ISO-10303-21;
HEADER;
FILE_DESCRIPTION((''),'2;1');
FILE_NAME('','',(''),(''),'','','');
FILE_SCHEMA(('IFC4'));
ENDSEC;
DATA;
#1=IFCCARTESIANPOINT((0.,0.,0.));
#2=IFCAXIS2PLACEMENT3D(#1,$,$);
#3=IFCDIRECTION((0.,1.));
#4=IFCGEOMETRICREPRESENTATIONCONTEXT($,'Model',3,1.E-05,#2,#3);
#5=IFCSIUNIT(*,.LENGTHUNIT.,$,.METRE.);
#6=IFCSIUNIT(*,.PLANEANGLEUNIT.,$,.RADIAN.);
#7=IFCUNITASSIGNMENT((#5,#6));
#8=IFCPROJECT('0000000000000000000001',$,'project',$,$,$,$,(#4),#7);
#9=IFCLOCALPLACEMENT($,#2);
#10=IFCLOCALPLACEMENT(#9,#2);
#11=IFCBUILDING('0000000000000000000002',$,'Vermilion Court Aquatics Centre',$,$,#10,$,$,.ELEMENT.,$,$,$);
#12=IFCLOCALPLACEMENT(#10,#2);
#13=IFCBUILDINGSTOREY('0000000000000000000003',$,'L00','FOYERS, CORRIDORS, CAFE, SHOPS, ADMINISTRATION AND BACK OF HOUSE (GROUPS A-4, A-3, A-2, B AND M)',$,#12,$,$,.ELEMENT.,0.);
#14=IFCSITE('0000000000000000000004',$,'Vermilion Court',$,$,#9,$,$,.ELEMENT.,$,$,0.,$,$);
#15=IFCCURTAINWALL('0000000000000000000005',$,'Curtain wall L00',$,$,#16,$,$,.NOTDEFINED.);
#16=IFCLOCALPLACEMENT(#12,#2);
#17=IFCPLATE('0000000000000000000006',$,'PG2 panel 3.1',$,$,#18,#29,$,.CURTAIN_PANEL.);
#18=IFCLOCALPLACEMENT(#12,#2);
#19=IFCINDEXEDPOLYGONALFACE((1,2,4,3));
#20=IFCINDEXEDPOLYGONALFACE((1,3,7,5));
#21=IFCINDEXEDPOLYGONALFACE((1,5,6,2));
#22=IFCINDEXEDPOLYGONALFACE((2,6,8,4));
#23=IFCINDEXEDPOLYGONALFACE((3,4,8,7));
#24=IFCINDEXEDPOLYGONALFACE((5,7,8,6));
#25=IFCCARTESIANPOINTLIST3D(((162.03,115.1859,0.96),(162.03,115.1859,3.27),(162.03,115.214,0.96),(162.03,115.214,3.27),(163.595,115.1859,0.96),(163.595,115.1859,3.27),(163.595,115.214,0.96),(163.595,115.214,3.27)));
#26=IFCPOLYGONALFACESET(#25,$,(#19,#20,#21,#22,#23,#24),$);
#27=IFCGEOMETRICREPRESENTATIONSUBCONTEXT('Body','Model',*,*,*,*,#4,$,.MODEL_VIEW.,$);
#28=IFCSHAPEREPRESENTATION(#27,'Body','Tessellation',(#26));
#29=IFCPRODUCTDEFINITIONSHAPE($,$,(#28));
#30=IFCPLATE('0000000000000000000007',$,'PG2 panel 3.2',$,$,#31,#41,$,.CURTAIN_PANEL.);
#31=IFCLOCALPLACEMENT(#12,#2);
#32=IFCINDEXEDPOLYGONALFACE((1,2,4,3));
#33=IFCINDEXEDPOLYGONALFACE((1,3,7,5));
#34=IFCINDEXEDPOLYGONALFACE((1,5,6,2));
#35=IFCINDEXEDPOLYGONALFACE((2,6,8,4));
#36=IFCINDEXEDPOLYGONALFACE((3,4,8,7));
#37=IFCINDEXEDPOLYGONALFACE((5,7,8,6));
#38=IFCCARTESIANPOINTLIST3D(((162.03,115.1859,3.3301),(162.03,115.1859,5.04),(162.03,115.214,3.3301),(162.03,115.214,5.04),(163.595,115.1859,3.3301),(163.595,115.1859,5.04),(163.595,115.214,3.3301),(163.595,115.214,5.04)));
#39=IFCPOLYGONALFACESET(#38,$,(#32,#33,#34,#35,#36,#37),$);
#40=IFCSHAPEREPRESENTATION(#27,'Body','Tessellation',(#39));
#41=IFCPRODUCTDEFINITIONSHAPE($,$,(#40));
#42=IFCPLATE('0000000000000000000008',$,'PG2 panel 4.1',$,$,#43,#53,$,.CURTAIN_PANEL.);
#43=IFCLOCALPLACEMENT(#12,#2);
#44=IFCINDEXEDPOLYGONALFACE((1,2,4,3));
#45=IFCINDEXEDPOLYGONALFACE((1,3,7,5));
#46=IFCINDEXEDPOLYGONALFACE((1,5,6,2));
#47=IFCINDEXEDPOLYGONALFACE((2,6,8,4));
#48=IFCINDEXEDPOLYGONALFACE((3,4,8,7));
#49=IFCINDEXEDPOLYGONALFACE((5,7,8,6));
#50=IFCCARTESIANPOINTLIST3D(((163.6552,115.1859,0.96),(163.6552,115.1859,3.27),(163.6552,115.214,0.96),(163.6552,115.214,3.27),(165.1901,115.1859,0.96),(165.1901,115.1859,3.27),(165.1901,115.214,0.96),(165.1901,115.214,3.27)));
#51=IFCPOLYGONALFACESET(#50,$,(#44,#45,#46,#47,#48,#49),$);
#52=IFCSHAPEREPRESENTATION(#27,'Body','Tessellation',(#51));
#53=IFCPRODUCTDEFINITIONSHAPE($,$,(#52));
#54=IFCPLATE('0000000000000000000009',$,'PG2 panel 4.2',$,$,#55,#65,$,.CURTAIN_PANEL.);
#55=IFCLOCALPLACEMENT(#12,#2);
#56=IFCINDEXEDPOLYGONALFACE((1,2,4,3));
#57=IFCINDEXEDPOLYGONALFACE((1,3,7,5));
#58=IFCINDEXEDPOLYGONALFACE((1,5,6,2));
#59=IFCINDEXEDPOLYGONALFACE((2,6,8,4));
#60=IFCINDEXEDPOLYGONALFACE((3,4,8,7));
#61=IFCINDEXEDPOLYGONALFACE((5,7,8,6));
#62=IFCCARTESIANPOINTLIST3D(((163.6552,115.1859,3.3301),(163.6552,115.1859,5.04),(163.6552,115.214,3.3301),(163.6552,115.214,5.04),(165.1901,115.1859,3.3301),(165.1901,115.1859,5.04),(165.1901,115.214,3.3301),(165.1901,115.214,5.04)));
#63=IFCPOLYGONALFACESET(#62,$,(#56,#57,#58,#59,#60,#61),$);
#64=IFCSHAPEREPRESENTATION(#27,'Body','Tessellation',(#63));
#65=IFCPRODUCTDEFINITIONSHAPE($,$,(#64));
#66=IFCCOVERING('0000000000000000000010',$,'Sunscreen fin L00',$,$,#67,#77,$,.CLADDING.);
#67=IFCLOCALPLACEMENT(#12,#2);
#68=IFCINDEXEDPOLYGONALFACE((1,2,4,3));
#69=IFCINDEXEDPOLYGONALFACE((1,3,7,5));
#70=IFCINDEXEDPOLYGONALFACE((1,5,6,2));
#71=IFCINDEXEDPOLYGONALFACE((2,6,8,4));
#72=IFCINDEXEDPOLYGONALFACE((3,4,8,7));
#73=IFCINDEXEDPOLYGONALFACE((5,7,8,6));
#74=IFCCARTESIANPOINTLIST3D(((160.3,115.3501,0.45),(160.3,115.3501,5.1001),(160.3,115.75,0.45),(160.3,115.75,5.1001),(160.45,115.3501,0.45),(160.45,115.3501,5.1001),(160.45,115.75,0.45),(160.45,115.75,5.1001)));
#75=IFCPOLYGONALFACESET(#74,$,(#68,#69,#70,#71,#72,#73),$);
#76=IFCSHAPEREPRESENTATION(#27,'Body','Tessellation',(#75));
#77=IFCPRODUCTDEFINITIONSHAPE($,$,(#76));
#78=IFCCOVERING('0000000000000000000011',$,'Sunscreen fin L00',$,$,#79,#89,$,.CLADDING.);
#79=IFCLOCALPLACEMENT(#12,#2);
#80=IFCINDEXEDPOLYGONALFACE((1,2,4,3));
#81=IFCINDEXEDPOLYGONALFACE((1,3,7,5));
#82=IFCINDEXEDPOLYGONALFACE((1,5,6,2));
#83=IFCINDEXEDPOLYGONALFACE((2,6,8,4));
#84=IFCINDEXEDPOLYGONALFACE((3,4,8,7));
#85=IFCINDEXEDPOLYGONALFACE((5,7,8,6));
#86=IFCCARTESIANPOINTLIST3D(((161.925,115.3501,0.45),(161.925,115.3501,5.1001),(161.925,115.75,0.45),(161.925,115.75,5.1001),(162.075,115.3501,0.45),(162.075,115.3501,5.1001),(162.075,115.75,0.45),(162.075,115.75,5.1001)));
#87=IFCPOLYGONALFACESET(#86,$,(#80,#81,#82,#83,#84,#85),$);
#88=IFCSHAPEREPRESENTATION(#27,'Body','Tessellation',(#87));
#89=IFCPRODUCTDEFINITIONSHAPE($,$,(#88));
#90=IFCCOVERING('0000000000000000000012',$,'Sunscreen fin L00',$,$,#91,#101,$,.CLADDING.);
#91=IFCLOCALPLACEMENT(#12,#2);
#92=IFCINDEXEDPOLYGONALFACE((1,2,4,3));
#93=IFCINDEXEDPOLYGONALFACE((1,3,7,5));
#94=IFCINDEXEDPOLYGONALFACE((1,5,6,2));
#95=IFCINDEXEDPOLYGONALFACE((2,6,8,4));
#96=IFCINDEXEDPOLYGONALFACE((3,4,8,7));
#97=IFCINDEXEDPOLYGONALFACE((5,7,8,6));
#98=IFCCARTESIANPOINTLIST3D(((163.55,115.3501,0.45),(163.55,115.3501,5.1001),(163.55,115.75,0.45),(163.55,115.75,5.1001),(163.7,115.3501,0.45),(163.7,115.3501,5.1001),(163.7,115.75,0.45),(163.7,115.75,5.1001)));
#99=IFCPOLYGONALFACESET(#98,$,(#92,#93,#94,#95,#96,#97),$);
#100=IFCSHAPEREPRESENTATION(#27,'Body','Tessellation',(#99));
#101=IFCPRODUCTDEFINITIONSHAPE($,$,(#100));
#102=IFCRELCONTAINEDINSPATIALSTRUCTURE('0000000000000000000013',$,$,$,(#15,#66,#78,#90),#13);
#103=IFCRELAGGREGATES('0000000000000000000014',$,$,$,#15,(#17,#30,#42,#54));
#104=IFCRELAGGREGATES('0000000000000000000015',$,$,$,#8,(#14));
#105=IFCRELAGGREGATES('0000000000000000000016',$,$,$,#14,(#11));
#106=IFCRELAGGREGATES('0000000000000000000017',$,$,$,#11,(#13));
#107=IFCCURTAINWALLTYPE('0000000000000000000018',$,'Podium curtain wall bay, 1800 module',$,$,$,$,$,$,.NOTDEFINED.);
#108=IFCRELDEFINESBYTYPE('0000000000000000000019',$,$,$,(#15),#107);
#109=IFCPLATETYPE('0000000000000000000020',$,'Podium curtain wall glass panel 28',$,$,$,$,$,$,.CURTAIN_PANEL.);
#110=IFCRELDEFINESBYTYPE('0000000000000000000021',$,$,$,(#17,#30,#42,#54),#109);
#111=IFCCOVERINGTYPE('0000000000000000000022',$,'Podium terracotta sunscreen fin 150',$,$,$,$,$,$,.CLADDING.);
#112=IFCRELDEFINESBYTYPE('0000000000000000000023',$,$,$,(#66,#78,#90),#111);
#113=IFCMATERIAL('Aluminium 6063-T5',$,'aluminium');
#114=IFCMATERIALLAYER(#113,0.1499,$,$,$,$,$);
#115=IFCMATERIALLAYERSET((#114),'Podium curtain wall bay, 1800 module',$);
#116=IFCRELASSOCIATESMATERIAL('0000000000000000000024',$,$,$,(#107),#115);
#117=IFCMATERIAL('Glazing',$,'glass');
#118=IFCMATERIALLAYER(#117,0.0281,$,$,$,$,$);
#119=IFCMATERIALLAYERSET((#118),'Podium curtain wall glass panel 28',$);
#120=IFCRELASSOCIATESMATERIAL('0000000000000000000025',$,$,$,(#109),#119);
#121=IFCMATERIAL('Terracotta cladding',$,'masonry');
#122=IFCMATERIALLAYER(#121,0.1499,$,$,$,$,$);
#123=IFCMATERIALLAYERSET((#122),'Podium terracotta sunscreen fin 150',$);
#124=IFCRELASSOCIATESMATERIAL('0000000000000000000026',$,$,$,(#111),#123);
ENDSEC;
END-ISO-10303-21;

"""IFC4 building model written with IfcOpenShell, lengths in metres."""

from ifc_helpers import new_model, si_unit, direction, frame, frame_2d, origin, origin_2d, place, context, subcontext, project, spatial, rectangle, extrude, material, layer, layer_set, type_object, element, aggregate, save


model = new_model("IFC4")

# Units and contexts
model_context = context("Model", 3, precision=1e-05, world=origin(), true_north=direction((0.0, 1.0)))
body_context = subcontext(model_context, "Body", "Model", "MODEL_VIEW")
ifc_project = project(units=[si_unit("LENGTHUNIT", "METRE"), si_unit("PLANEANGLEUNIT", "RADIAN")], contexts=[model_context])

# Site, building, storey
site_placement = place(None, origin())
site = spatial("IfcSite", under=ifc_project, at=site_placement, Name="Vermilion Court", CompositionType="ELEMENT", RefElevation=0.0)
building_placement = place(site_placement, origin())
building = spatial("IfcBuilding", under=site, at=building_placement, Name="Vermilion Court Aquatics Centre", CompositionType="ELEMENT")
storey_placement = place(building_placement, origin())
storey = spatial("IfcBuildingStorey", under=building, at=storey_placement, Name="L00", Description="FOYERS, CORRIDORS, CAFE, SHOPS, ADMINISTRATION AND BACK OF HOUSE (GROUPS A-4, A-3, A-2, B AND M)", CompositionType="ELEMENT", Elevation=0.0)

# Curtain wall, plates
ifc_material_1 = material(Name="Aluminium 6063-T5", Category="aluminium")
ifc_layer_1 = layer(ifc_material_1, 0.1499)
ifc_layer_set_1 = layer_set([ifc_layer_1], Name="Podium curtain wall bay, 1800 module")
curtain_wall_type = type_object("IfcCurtainWallType", Name="Podium curtain wall bay, 1800 module", PredefinedType="NOTDEFINED", material=ifc_layer_set_1)
curtain_wall_placement = place(storey_placement, origin())
curtain_wall = element("IfcCurtainWall", 1, at=curtain_wall_placement, inside=storey, type_object=curtain_wall_type, Name="Curtain wall L00", PredefinedType="NOTDEFINED")
ifc_material_2 = material(Name="Glazing", Category="glass")
ifc_layer_2 = layer(ifc_material_2, 0.0281)
ifc_layer_set_2 = layer_set([ifc_layer_2], Name="Podium curtain wall glass panel 28")
plate_type = type_object("IfcPlateType", Name="Podium curtain wall glass panel 28", PredefinedType="CURTAIN_PANEL", material=ifc_layer_set_2)
plate_1_placement = place(storey_placement, frame((162.8125, 115.2, 0.96), z_axis=(0.0, 0.0, 1.0), x_axis=(1.0, 0.0, 0.0)))
plate_1 = element("IfcPlate", 2, at=plate_1_placement, type_object=plate_type, Name="PG2 panel 3.1", PredefinedType="CURTAIN_PANEL", context=body_context, shape_type="SweptSolid", body=[
    extrude(rectangle(XDim=1.5649, YDim=0.0281, at=origin_2d()), origin(), (0.0, 0.0, 1.0), 2.3101),
])
plate_2_placement = place(storey_placement, frame((162.8125, 115.2, 3.3301), z_axis=(0.0, 0.0, 1.0), x_axis=(1.0, 0.0, 0.0)))
plate_2 = element("IfcPlate", 3, at=plate_2_placement, type_object=plate_type, Name="PG2 panel 3.2", PredefinedType="CURTAIN_PANEL", context=body_context, shape_type="SweptSolid", body=[
    extrude(rectangle(XDim=1.5649, YDim=0.0281, at=origin_2d()), origin(), (0.0, 0.0, 1.0), 1.71),
])
plate_3_placement = place(storey_placement, frame((164.4226, 115.2, 0.96), z_axis=(0.0, 0.0, 1.0), x_axis=(1.0, 0.0, 0.0)))
plate_3 = element("IfcPlate", 4, at=plate_3_placement, type_object=plate_type, Name="PG2 panel 4.1", PredefinedType="CURTAIN_PANEL", context=body_context, shape_type="SweptSolid", body=[
    extrude(rectangle(XDim=1.5349, YDim=0.0281, at=origin_2d()), origin(), (0.0, 0.0, 1.0), 2.3101),
])
plate_4_placement = place(storey_placement, frame((164.4226, 115.2, 3.3301), z_axis=(0.0, 0.0, 1.0), x_axis=(1.0, 0.0, 0.0)))
plate_4 = element("IfcPlate", 5, at=plate_4_placement, type_object=plate_type, Name="PG2 panel 4.2", PredefinedType="CURTAIN_PANEL", context=body_context, shape_type="SweptSolid", body=[
    extrude(rectangle(XDim=1.5349, YDim=0.0281, at=origin_2d()), origin(), (0.0, 0.0, 1.0), 1.71),
])
aggregate(curtain_wall, [plate_1, plate_2, plate_3, plate_4])

# Coverings
ifc_material_3 = material(Name="Terracotta cladding", Category="masonry")
ifc_layer_3 = layer(ifc_material_3, 0.1499)
ifc_layer_set_3 = layer_set([ifc_layer_3], Name="Podium terracotta sunscreen fin 150")
covering_type = type_object("IfcCoveringType", Name="Podium terracotta sunscreen fin 150", PredefinedType="CLADDING", material=ifc_layer_set_3)
for number, where, z_axis, x_axis, name in (
    (6, (160.375, 115.3501, 0.45), (0.0, 0.0, 1.0), (0.0, 1.0, 0.0), "Sunscreen fin L00"),
    (7, (162.0, 115.3501, 0.45), (0.0, 0.0, 1.0), (0.0, 1.0, 0.0), "Sunscreen fin L00"),
    (8, (163.625, 115.3501, 0.45), (0.0, 0.0, 1.0), (0.0, 1.0, 0.0), "Sunscreen fin L00"),
):
    element("IfcCovering", number, at=place(storey_placement, frame(where, z_axis=z_axis, x_axis=x_axis)), inside=storey, type_object=covering_type, Name=name, PredefinedType="CLADDING", context=body_context, shape_type="SweptSolid", body=[
        extrude(rectangle(XDim=0.3999, YDim=0.1499, at=frame_2d((0.2, 0.0))), origin(), (0.0, 0.0, 1.0), 4.6501),
    ])

save(model, "model.ifc")
